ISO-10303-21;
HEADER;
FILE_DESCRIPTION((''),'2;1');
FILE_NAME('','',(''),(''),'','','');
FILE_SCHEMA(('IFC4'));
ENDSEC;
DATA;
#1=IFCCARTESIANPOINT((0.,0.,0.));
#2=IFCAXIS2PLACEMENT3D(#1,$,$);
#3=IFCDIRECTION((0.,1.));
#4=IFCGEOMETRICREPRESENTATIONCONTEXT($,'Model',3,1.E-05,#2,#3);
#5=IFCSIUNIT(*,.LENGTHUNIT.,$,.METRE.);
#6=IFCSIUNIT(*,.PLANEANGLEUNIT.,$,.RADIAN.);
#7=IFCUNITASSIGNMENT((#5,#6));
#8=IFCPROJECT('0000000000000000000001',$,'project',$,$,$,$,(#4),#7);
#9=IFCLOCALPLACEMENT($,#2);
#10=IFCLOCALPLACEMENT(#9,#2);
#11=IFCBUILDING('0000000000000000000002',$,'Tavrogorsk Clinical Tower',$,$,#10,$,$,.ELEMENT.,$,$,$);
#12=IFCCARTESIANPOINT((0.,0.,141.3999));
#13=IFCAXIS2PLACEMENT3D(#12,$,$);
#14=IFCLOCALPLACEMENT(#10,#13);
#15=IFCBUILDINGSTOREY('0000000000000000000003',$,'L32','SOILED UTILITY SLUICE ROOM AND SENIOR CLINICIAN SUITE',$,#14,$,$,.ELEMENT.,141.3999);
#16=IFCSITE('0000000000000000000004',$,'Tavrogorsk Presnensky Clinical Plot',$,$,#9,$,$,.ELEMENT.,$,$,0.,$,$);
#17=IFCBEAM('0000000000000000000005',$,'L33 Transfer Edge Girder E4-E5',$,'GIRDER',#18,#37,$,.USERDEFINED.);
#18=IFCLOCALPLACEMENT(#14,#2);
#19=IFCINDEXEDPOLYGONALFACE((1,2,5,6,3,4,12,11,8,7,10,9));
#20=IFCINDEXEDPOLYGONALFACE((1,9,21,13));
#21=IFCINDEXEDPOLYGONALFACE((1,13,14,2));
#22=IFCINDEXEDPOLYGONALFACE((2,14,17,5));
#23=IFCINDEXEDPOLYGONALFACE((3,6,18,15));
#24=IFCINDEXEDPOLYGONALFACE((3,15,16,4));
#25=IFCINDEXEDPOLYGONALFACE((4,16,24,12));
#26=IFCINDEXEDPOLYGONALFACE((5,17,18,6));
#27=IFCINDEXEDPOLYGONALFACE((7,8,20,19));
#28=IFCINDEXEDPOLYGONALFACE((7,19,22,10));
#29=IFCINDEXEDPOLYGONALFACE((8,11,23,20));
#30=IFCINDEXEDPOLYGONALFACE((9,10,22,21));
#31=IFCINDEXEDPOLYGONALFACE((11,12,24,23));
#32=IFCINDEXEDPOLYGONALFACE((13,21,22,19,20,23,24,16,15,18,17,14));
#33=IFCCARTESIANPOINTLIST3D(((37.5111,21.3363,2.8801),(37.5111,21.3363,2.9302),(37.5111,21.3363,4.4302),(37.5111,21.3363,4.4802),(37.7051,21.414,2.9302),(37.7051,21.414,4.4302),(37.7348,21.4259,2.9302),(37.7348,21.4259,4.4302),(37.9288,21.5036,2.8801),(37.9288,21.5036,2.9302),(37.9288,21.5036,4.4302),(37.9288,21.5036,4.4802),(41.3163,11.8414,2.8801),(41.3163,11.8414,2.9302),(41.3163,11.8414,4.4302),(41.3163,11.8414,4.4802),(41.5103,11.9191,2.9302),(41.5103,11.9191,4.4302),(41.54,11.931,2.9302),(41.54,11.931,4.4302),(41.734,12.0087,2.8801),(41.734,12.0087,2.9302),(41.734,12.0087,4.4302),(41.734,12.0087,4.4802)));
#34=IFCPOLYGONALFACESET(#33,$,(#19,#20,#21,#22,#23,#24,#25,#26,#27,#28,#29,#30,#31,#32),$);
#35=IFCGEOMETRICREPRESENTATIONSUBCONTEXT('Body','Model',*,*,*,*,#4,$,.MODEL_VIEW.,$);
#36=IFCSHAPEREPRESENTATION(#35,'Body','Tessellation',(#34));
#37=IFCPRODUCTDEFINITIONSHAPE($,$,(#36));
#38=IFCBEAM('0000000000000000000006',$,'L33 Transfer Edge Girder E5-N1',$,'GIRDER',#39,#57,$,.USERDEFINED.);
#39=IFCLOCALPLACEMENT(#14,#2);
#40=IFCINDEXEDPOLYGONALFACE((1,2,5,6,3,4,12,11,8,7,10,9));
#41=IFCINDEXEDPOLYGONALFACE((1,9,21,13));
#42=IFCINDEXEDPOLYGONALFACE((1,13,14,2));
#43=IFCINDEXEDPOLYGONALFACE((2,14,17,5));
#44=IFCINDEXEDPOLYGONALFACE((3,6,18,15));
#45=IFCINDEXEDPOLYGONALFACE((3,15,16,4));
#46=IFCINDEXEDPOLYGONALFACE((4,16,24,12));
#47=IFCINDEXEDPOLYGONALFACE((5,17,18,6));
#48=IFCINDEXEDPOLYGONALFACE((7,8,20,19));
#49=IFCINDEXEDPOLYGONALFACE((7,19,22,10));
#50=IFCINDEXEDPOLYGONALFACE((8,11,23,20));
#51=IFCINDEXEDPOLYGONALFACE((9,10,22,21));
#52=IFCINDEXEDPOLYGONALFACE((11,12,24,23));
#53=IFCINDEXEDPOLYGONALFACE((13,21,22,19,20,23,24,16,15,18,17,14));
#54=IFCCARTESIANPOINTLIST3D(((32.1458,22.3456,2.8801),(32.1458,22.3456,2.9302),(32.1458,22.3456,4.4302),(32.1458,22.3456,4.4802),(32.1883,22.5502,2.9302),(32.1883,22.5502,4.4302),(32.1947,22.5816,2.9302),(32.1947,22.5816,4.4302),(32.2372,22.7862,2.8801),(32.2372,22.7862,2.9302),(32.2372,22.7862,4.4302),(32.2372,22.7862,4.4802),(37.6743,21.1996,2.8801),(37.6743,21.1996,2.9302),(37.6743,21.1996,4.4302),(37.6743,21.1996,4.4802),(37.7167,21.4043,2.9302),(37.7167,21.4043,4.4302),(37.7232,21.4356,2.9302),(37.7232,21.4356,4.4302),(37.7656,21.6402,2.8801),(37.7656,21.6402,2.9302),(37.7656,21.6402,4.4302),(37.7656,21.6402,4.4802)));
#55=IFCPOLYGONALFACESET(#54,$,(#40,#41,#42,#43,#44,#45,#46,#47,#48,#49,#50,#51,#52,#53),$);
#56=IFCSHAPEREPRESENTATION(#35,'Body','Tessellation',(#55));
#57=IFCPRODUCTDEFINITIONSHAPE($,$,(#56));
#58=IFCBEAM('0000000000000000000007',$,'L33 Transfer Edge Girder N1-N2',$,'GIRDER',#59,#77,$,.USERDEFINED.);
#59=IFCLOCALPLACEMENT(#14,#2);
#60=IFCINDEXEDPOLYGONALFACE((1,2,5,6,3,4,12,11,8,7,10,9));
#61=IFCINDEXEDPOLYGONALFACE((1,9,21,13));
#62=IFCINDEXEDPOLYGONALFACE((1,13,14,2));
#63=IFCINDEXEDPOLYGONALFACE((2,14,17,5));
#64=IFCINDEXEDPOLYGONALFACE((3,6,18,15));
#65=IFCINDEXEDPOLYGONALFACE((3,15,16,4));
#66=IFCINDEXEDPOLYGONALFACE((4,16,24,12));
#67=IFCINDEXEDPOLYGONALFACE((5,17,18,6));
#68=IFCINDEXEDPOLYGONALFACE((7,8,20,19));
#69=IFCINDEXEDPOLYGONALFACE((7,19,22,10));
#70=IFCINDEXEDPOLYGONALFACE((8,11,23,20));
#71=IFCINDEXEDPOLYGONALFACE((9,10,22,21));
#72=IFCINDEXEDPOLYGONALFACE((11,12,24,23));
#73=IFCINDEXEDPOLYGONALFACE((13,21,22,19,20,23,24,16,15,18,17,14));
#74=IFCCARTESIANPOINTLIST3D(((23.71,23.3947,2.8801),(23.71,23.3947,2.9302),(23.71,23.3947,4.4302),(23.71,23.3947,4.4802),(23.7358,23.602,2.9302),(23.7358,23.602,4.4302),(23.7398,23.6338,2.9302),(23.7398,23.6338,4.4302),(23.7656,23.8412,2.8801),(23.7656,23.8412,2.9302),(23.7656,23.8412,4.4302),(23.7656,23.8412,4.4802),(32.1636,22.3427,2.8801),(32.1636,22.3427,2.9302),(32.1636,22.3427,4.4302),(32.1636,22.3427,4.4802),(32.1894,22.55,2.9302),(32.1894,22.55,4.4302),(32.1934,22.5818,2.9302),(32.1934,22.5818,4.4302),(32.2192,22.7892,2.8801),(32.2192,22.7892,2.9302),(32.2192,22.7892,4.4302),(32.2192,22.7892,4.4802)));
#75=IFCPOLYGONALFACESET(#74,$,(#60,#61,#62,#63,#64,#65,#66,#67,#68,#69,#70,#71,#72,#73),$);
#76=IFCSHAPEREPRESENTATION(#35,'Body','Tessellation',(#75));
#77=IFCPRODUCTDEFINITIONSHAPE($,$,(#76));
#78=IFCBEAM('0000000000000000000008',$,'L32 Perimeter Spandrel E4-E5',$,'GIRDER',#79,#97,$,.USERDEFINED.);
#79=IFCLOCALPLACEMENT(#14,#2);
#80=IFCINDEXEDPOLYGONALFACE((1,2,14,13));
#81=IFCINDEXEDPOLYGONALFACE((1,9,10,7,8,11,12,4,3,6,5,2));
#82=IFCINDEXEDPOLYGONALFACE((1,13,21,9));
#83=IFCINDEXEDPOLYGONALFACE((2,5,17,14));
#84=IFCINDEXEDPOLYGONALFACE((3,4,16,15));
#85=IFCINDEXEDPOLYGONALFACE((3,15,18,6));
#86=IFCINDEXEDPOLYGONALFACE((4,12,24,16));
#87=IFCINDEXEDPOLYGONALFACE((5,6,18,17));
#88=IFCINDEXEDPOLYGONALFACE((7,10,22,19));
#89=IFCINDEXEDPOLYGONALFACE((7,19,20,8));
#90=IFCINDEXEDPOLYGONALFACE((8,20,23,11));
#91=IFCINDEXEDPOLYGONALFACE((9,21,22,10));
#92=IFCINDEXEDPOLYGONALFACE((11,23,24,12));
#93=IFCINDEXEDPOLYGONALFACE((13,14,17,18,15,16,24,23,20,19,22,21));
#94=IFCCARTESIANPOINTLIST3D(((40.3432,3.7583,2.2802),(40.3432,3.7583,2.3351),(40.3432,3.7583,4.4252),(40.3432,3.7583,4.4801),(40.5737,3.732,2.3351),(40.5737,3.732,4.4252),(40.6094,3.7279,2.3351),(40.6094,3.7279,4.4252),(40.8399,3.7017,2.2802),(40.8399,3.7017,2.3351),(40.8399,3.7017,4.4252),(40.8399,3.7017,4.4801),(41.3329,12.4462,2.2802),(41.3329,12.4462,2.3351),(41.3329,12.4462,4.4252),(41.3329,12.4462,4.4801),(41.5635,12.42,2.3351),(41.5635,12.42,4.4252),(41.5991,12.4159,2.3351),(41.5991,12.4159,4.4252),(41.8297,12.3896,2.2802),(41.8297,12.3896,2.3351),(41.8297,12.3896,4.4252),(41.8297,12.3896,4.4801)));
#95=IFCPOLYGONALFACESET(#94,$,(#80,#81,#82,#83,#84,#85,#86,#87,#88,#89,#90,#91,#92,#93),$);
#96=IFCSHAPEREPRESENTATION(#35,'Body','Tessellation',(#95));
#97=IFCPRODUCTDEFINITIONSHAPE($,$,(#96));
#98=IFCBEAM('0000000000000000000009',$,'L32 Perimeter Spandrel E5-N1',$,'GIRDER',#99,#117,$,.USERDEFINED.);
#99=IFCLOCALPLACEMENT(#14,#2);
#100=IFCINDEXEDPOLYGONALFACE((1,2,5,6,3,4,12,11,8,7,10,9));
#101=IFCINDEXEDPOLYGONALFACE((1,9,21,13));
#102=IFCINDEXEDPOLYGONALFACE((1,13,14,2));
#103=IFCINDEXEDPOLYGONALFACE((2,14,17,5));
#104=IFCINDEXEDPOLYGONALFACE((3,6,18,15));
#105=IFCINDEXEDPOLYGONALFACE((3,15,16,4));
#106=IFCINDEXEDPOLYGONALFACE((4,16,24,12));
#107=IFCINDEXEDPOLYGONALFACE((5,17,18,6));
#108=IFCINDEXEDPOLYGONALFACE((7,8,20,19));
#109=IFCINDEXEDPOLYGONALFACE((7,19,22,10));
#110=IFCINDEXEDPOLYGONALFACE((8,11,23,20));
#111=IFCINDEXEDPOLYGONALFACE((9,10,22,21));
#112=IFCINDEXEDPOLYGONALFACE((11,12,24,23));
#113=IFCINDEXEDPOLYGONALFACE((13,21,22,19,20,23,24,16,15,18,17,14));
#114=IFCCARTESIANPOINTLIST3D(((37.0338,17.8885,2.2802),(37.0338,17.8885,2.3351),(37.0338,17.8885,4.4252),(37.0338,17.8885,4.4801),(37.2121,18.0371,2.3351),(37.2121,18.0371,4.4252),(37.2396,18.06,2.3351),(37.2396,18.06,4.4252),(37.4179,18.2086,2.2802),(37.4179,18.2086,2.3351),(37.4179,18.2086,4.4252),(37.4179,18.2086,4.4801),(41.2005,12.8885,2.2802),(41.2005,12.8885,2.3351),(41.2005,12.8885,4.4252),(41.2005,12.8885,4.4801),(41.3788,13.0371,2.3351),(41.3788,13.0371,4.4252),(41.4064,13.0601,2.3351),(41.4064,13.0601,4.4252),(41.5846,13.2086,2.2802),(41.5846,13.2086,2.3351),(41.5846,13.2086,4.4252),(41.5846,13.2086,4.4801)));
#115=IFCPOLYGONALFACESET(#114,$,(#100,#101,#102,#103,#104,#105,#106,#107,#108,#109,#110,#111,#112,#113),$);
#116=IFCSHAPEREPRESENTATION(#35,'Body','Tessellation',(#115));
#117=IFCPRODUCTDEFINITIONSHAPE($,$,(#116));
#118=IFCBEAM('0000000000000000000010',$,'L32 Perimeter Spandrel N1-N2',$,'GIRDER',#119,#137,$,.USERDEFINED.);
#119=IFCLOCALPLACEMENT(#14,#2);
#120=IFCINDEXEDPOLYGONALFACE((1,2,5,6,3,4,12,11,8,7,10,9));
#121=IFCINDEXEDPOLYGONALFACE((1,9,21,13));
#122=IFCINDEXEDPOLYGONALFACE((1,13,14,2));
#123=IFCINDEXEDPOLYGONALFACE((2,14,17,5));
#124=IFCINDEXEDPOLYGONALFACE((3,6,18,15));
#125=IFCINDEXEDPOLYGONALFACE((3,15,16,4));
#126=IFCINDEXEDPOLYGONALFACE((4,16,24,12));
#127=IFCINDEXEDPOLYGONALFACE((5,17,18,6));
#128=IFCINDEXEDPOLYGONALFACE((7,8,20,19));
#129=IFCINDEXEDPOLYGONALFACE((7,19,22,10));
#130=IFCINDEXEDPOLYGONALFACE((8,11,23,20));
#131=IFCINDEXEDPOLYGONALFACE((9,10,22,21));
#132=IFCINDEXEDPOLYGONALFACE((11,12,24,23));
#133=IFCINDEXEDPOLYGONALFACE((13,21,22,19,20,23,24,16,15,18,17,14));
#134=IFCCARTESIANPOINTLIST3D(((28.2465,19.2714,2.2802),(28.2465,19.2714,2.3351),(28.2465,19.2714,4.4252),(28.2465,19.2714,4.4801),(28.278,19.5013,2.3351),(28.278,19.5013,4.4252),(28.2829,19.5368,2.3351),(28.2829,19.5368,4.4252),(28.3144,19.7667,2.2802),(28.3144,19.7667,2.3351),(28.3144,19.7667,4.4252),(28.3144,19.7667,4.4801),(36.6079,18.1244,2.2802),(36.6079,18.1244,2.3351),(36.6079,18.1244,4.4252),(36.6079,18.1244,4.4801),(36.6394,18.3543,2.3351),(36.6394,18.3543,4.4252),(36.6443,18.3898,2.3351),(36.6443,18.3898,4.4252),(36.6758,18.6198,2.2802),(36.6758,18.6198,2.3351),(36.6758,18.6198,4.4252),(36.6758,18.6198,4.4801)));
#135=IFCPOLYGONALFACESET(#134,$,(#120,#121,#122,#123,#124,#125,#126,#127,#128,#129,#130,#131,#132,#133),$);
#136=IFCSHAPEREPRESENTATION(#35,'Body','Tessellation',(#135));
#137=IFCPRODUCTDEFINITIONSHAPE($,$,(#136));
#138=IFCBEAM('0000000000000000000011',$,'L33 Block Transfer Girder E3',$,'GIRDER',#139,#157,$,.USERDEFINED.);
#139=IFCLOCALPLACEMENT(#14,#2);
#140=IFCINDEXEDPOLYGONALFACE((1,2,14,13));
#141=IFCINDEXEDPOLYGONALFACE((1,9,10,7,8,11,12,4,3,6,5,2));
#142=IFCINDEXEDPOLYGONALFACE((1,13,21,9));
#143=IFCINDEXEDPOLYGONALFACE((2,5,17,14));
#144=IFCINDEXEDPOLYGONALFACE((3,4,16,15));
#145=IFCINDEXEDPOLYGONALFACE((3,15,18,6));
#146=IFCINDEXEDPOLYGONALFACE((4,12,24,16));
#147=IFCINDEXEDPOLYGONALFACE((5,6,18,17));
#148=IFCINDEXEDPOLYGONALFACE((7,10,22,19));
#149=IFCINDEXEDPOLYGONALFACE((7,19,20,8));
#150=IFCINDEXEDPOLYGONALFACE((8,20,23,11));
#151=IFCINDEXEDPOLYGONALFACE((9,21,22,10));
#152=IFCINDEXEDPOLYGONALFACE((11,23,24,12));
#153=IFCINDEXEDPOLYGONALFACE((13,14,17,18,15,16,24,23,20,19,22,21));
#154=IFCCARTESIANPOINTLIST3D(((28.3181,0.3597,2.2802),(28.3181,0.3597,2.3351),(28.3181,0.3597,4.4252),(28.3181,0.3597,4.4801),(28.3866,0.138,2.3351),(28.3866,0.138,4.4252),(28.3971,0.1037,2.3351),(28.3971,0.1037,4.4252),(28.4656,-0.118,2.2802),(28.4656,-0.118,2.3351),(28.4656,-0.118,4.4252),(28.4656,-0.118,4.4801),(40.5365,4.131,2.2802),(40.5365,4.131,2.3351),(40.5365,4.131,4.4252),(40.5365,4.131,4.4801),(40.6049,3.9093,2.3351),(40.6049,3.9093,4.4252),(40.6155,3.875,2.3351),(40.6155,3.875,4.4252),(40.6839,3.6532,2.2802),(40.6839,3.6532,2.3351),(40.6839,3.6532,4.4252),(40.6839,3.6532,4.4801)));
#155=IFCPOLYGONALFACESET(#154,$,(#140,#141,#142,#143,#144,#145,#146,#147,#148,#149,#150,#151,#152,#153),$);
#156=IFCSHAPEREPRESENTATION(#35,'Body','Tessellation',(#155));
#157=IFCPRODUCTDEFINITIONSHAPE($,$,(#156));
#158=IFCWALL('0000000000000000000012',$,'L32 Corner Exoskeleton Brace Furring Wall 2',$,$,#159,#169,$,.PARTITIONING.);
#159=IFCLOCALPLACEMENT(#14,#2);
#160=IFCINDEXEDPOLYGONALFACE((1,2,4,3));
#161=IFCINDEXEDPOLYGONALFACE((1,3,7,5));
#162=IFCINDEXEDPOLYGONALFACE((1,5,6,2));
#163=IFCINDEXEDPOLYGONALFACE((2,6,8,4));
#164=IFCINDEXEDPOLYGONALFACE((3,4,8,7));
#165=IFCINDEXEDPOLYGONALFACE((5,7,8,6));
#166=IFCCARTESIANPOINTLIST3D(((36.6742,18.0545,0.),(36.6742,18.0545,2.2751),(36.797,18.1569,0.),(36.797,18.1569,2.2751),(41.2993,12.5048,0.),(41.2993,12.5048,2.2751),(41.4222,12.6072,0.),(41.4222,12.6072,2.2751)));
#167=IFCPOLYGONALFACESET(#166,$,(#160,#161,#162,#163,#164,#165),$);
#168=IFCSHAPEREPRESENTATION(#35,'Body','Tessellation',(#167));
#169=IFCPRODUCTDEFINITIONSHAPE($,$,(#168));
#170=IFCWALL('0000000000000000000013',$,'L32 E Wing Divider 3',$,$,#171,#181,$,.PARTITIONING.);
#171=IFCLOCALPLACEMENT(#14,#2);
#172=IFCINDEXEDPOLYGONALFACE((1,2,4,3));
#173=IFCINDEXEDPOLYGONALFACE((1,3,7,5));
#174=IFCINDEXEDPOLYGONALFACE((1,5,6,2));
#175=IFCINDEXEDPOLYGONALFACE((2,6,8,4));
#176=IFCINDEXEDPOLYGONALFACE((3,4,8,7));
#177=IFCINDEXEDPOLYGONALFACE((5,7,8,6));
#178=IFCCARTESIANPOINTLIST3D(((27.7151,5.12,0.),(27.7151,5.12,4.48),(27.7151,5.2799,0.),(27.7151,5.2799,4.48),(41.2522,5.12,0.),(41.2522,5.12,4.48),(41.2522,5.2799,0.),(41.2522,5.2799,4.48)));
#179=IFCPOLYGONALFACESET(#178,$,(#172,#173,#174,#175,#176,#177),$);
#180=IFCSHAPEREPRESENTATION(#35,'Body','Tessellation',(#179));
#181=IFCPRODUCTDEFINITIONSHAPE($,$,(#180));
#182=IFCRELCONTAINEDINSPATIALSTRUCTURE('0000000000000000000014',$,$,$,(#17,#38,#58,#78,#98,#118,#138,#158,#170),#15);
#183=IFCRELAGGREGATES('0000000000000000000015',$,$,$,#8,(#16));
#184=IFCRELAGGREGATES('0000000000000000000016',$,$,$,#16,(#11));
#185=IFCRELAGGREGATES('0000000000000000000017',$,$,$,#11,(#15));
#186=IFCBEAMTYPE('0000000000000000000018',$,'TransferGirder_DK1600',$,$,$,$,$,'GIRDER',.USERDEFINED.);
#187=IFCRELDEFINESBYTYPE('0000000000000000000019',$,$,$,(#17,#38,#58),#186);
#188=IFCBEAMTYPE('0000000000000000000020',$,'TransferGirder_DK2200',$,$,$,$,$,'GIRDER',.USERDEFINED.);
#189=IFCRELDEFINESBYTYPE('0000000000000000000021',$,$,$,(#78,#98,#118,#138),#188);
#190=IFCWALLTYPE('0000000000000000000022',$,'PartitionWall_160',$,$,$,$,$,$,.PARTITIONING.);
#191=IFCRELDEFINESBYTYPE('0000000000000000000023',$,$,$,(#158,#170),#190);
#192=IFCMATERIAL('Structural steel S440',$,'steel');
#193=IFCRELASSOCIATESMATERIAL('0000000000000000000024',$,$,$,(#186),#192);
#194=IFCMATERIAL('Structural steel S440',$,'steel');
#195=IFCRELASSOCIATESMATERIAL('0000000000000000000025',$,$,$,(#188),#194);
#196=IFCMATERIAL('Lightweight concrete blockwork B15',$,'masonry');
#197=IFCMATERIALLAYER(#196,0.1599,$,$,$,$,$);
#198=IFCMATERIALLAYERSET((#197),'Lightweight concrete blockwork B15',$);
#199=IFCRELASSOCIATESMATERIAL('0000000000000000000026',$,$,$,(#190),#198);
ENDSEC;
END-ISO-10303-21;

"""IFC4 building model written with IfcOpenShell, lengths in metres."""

from ifc_helpers import new_model, si_unit, direction, frame, frame_2d, origin, origin_2d, place, context, subcontext, project, spatial, rectangle, i_section, extrude, material, layer, layer_set, material_profile, profile_set, type_object, element, save


model = new_model("IFC4")

# Units and contexts
model_context = context("Model", 3, precision=1e-05, world=origin(), true_north=direction((0.0, 1.0)))
body_context = subcontext(model_context, "Body", "Model", "MODEL_VIEW")
ifc_project = project(units=[si_unit("LENGTHUNIT", "METRE"), si_unit("PLANEANGLEUNIT", "RADIAN")], contexts=[model_context])

# Site, building, storey
site_placement = place(None, origin())
site = spatial("IfcSite", under=ifc_project, at=site_placement, Name="Tavrogorsk Presnensky Clinical Plot", CompositionType="ELEMENT", RefElevation=0.0)
building_placement = place(site_placement, origin())
building = spatial("IfcBuilding", under=site, at=building_placement, Name="Tavrogorsk Clinical Tower", CompositionType="ELEMENT")
storey_placement = place(building_placement, frame((0.0, 0.0, 141.3999)))
storey = spatial("IfcBuildingStorey", under=building, at=storey_placement, Name="L32", Description="SOILED UTILITY SLUICE ROOM AND SENIOR CLINICIAN SUITE", CompositionType="ELEMENT", Elevation=141.3999)

# Beams
ifc_material_1 = material(Name="Structural steel S440", Category="steel")
ifc_material_profile_1 = material_profile(ifc_material_1, i_section(OverallWidth=0.45, OverallDepth=1.6001, WebThickness=0.032, FlangeThickness=0.05, at=origin_2d()), Name="DK-1600x450x32x50")
ifc_profile_set_1 = profile_set([ifc_material_profile_1], Name="Structural steel S440")
beam_type_1 = type_object("IfcBeamType", Name="TransferGirder_DK1600", ElementType="GIRDER", PredefinedType="USERDEFINED", material=ifc_profile_set_1)
beam_1_placement = place(storey_placement, frame((41.5251, 11.925, 3.6802), z_axis=(-0.372, 0.928233, 0.0), x_axis=(-0.928233, -0.372, 0.0)))
element("IfcBeam", 1, at=beam_1_placement, inside=storey, type_object=beam_type_1, Name="L33 Transfer Edge Girder E4-E5", ObjectType="GIRDER", PredefinedType="USERDEFINED", context=body_context, shape_type="SweptSolid", body=[
    extrude(i_section(OverallWidth=0.45, OverallDepth=1.6001, WebThickness=0.032, FlangeThickness=0.05, at=origin_2d()), origin(), (0.0, 0.0, 1.0), 10.229),
])
beam_2_placement = place(storey_placement, frame((37.72, 21.4199, 3.6802), z_axis=(-0.979185, 0.202972, 0.0), x_axis=(-0.202972, -0.979185, 0.0)))
element("IfcBeam", 2, at=beam_2_placement, inside=storey, type_object=beam_type_1, Name="L33 Transfer Edge Girder E5-N1", ObjectType="GIRDER", PredefinedType="USERDEFINED", context=body_context, shape_type="SweptSolid", body=[
    extrude(i_section(OverallWidth=0.45, OverallDepth=1.6001, WebThickness=0.032, FlangeThickness=0.05, at=origin_2d()), origin(), (0.0, 0.0, 1.0), 5.646),
])
beam_3_placement = place(storey_placement, frame((32.1914, 22.5659, 3.6802), z_axis=(-0.992346, 0.123492, 0.0), x_axis=(-0.123492, -0.992346, 0.0)))
element("IfcBeam", 3, at=beam_3_placement, inside=storey, type_object=beam_type_1, Name="L33 Transfer Edge Girder N1-N2", ObjectType="GIRDER", PredefinedType="USERDEFINED", context=body_context, shape_type="SweptSolid", body=[
    extrude(i_section(OverallWidth=0.45, OverallDepth=1.6001, WebThickness=0.032, FlangeThickness=0.05, at=origin_2d()), origin(), (0.0, 0.0, 1.0), 8.5188),
])
ifc_material_2 = material(Name="Structural steel S440", Category="steel")
ifc_material_profile_2 = material_profile(ifc_material_2, i_section(OverallWidth=0.5, OverallDepth=2.2, WebThickness=0.0359, FlangeThickness=0.0549, at=origin_2d()), Name="DK-2200x500x36x55")
ifc_profile_set_2 = profile_set([ifc_material_profile_2], Name="Structural steel S440")
beam_type_2 = type_object("IfcBeamType", Name="TransferGirder_DK2200", ElementType="GIRDER", PredefinedType="USERDEFINED", material=ifc_profile_set_2)
beam_4_placement = place(storey_placement, frame((40.5916, 3.73, 3.3801), z_axis=(0.113189, 0.993573, 0.0), x_axis=(-0.993573, 0.113189, 0.0)))
element("IfcBeam", 4, at=beam_4_placement, inside=storey, type_object=beam_type_2, Name="L32 Perimeter Spandrel E4-E5", ObjectType="GIRDER", PredefinedType="USERDEFINED", context=body_context, shape_type="SweptSolid", body=[
    extrude(i_section(OverallWidth=0.5, OverallDepth=2.2, WebThickness=0.0359, FlangeThickness=0.0549, at=origin_2d()), origin(), (0.0, 0.0, 1.0), 8.7441),
])
beam_5_placement = place(storey_placement, frame((41.3926, 13.0486, 3.3801), z_axis=(-0.640192, 0.768215, 0.0), x_axis=(-0.768215, -0.640192, 0.0)))
element("IfcBeam", 5, at=beam_5_placement, inside=storey, type_object=beam_type_2, Name="L32 Perimeter Spandrel E5-N1", ObjectType="GIRDER", PredefinedType="USERDEFINED", context=body_context, shape_type="SweptSolid", body=[
    extrude(i_section(OverallWidth=0.5, OverallDepth=2.2, WebThickness=0.0359, FlangeThickness=0.0549, at=origin_2d()), origin(), (0.0, 0.0, 1.0), 6.5085),
])
beam_6_placement = place(storey_placement, frame((36.6418, 18.3721, 3.3801), z_axis=(-0.990722, 0.135903, 0.0), x_axis=(-0.135903, -0.990722, 0.0)))
element("IfcBeam", 6, at=beam_6_placement, inside=storey, type_object=beam_type_2, Name="L32 Perimeter Spandrel N1-N2", ObjectType="GIRDER", PredefinedType="USERDEFINED", context=body_context, shape_type="SweptSolid", body=[
    extrude(i_section(OverallWidth=0.5, OverallDepth=2.2, WebThickness=0.0359, FlangeThickness=0.0549, at=origin_2d()), origin(), (0.0, 0.0, 1.0), 8.4397),
])
beam_7_placement = place(storey_placement, frame((28.3918, 0.1208, 3.3801), z_axis=(0.95552, 0.294927, 0.0), x_axis=(-0.294927, 0.95552, 0.0)))
element("IfcBeam", 7, at=beam_7_placement, inside=storey, type_object=beam_type_2, Name="L33 Block Transfer Girder E3", ObjectType="GIRDER", PredefinedType="USERDEFINED", context=body_context, shape_type="SweptSolid", body=[
    extrude(i_section(OverallWidth=0.5, OverallDepth=2.2, WebThickness=0.0359, FlangeThickness=0.0549, at=origin_2d()), origin(), (0.0, 0.0, 1.0), 12.7871),
])

# Walls
ifc_material_3 = material(Name="Lightweight concrete blockwork B15", Category="masonry")
ifc_layer_1 = layer(ifc_material_3, 0.1599)
ifc_layer_set_1 = layer_set([ifc_layer_1], Name="Lightweight concrete blockwork B15")
wall_type_1 = type_object("IfcWallType", Name="PartitionWall_160", PredefinedType="PARTITIONING", material=ifc_layer_set_1)
wall_1_placement = place(storey_placement, frame((41.3608, 12.5559, 0.0), z_axis=(0.0, 0.0, 1.0), x_axis=(-0.640218, 0.768194, 0.0)))
element("IfcWall", 8, at=wall_1_placement, inside=storey, type_object=wall_type_1, Name="L32 Corner Exoskeleton Brace Furring Wall 2", PredefinedType="PARTITIONING", context=body_context, shape_type="SweptSolid", body=[
    extrude(rectangle(XDim=7.2244, YDim=0.1599, at=frame_2d((3.6123, 0.0))), origin(), (0.0, 0.0, 1.0), 2.2751),
])
wall_2_placement = place(storey_placement, frame((27.7151, 5.2, 0.0), z_axis=(0.0, 0.0, 1.0), x_axis=(1.0, 0.0, 0.0)))
element("IfcWall", 9, at=wall_2_placement, inside=storey, type_object=wall_type_1, Name="L32 E Wing Divider 3", PredefinedType="PARTITIONING", context=body_context, shape_type="SweptSolid", body=[
    extrude(rectangle(XDim=13.5371, YDim=0.1599, at=frame_2d((6.7686, 0.0))), origin(), (0.0, 0.0, 1.0), 4.48),
])

save(model, "model.ifc")
